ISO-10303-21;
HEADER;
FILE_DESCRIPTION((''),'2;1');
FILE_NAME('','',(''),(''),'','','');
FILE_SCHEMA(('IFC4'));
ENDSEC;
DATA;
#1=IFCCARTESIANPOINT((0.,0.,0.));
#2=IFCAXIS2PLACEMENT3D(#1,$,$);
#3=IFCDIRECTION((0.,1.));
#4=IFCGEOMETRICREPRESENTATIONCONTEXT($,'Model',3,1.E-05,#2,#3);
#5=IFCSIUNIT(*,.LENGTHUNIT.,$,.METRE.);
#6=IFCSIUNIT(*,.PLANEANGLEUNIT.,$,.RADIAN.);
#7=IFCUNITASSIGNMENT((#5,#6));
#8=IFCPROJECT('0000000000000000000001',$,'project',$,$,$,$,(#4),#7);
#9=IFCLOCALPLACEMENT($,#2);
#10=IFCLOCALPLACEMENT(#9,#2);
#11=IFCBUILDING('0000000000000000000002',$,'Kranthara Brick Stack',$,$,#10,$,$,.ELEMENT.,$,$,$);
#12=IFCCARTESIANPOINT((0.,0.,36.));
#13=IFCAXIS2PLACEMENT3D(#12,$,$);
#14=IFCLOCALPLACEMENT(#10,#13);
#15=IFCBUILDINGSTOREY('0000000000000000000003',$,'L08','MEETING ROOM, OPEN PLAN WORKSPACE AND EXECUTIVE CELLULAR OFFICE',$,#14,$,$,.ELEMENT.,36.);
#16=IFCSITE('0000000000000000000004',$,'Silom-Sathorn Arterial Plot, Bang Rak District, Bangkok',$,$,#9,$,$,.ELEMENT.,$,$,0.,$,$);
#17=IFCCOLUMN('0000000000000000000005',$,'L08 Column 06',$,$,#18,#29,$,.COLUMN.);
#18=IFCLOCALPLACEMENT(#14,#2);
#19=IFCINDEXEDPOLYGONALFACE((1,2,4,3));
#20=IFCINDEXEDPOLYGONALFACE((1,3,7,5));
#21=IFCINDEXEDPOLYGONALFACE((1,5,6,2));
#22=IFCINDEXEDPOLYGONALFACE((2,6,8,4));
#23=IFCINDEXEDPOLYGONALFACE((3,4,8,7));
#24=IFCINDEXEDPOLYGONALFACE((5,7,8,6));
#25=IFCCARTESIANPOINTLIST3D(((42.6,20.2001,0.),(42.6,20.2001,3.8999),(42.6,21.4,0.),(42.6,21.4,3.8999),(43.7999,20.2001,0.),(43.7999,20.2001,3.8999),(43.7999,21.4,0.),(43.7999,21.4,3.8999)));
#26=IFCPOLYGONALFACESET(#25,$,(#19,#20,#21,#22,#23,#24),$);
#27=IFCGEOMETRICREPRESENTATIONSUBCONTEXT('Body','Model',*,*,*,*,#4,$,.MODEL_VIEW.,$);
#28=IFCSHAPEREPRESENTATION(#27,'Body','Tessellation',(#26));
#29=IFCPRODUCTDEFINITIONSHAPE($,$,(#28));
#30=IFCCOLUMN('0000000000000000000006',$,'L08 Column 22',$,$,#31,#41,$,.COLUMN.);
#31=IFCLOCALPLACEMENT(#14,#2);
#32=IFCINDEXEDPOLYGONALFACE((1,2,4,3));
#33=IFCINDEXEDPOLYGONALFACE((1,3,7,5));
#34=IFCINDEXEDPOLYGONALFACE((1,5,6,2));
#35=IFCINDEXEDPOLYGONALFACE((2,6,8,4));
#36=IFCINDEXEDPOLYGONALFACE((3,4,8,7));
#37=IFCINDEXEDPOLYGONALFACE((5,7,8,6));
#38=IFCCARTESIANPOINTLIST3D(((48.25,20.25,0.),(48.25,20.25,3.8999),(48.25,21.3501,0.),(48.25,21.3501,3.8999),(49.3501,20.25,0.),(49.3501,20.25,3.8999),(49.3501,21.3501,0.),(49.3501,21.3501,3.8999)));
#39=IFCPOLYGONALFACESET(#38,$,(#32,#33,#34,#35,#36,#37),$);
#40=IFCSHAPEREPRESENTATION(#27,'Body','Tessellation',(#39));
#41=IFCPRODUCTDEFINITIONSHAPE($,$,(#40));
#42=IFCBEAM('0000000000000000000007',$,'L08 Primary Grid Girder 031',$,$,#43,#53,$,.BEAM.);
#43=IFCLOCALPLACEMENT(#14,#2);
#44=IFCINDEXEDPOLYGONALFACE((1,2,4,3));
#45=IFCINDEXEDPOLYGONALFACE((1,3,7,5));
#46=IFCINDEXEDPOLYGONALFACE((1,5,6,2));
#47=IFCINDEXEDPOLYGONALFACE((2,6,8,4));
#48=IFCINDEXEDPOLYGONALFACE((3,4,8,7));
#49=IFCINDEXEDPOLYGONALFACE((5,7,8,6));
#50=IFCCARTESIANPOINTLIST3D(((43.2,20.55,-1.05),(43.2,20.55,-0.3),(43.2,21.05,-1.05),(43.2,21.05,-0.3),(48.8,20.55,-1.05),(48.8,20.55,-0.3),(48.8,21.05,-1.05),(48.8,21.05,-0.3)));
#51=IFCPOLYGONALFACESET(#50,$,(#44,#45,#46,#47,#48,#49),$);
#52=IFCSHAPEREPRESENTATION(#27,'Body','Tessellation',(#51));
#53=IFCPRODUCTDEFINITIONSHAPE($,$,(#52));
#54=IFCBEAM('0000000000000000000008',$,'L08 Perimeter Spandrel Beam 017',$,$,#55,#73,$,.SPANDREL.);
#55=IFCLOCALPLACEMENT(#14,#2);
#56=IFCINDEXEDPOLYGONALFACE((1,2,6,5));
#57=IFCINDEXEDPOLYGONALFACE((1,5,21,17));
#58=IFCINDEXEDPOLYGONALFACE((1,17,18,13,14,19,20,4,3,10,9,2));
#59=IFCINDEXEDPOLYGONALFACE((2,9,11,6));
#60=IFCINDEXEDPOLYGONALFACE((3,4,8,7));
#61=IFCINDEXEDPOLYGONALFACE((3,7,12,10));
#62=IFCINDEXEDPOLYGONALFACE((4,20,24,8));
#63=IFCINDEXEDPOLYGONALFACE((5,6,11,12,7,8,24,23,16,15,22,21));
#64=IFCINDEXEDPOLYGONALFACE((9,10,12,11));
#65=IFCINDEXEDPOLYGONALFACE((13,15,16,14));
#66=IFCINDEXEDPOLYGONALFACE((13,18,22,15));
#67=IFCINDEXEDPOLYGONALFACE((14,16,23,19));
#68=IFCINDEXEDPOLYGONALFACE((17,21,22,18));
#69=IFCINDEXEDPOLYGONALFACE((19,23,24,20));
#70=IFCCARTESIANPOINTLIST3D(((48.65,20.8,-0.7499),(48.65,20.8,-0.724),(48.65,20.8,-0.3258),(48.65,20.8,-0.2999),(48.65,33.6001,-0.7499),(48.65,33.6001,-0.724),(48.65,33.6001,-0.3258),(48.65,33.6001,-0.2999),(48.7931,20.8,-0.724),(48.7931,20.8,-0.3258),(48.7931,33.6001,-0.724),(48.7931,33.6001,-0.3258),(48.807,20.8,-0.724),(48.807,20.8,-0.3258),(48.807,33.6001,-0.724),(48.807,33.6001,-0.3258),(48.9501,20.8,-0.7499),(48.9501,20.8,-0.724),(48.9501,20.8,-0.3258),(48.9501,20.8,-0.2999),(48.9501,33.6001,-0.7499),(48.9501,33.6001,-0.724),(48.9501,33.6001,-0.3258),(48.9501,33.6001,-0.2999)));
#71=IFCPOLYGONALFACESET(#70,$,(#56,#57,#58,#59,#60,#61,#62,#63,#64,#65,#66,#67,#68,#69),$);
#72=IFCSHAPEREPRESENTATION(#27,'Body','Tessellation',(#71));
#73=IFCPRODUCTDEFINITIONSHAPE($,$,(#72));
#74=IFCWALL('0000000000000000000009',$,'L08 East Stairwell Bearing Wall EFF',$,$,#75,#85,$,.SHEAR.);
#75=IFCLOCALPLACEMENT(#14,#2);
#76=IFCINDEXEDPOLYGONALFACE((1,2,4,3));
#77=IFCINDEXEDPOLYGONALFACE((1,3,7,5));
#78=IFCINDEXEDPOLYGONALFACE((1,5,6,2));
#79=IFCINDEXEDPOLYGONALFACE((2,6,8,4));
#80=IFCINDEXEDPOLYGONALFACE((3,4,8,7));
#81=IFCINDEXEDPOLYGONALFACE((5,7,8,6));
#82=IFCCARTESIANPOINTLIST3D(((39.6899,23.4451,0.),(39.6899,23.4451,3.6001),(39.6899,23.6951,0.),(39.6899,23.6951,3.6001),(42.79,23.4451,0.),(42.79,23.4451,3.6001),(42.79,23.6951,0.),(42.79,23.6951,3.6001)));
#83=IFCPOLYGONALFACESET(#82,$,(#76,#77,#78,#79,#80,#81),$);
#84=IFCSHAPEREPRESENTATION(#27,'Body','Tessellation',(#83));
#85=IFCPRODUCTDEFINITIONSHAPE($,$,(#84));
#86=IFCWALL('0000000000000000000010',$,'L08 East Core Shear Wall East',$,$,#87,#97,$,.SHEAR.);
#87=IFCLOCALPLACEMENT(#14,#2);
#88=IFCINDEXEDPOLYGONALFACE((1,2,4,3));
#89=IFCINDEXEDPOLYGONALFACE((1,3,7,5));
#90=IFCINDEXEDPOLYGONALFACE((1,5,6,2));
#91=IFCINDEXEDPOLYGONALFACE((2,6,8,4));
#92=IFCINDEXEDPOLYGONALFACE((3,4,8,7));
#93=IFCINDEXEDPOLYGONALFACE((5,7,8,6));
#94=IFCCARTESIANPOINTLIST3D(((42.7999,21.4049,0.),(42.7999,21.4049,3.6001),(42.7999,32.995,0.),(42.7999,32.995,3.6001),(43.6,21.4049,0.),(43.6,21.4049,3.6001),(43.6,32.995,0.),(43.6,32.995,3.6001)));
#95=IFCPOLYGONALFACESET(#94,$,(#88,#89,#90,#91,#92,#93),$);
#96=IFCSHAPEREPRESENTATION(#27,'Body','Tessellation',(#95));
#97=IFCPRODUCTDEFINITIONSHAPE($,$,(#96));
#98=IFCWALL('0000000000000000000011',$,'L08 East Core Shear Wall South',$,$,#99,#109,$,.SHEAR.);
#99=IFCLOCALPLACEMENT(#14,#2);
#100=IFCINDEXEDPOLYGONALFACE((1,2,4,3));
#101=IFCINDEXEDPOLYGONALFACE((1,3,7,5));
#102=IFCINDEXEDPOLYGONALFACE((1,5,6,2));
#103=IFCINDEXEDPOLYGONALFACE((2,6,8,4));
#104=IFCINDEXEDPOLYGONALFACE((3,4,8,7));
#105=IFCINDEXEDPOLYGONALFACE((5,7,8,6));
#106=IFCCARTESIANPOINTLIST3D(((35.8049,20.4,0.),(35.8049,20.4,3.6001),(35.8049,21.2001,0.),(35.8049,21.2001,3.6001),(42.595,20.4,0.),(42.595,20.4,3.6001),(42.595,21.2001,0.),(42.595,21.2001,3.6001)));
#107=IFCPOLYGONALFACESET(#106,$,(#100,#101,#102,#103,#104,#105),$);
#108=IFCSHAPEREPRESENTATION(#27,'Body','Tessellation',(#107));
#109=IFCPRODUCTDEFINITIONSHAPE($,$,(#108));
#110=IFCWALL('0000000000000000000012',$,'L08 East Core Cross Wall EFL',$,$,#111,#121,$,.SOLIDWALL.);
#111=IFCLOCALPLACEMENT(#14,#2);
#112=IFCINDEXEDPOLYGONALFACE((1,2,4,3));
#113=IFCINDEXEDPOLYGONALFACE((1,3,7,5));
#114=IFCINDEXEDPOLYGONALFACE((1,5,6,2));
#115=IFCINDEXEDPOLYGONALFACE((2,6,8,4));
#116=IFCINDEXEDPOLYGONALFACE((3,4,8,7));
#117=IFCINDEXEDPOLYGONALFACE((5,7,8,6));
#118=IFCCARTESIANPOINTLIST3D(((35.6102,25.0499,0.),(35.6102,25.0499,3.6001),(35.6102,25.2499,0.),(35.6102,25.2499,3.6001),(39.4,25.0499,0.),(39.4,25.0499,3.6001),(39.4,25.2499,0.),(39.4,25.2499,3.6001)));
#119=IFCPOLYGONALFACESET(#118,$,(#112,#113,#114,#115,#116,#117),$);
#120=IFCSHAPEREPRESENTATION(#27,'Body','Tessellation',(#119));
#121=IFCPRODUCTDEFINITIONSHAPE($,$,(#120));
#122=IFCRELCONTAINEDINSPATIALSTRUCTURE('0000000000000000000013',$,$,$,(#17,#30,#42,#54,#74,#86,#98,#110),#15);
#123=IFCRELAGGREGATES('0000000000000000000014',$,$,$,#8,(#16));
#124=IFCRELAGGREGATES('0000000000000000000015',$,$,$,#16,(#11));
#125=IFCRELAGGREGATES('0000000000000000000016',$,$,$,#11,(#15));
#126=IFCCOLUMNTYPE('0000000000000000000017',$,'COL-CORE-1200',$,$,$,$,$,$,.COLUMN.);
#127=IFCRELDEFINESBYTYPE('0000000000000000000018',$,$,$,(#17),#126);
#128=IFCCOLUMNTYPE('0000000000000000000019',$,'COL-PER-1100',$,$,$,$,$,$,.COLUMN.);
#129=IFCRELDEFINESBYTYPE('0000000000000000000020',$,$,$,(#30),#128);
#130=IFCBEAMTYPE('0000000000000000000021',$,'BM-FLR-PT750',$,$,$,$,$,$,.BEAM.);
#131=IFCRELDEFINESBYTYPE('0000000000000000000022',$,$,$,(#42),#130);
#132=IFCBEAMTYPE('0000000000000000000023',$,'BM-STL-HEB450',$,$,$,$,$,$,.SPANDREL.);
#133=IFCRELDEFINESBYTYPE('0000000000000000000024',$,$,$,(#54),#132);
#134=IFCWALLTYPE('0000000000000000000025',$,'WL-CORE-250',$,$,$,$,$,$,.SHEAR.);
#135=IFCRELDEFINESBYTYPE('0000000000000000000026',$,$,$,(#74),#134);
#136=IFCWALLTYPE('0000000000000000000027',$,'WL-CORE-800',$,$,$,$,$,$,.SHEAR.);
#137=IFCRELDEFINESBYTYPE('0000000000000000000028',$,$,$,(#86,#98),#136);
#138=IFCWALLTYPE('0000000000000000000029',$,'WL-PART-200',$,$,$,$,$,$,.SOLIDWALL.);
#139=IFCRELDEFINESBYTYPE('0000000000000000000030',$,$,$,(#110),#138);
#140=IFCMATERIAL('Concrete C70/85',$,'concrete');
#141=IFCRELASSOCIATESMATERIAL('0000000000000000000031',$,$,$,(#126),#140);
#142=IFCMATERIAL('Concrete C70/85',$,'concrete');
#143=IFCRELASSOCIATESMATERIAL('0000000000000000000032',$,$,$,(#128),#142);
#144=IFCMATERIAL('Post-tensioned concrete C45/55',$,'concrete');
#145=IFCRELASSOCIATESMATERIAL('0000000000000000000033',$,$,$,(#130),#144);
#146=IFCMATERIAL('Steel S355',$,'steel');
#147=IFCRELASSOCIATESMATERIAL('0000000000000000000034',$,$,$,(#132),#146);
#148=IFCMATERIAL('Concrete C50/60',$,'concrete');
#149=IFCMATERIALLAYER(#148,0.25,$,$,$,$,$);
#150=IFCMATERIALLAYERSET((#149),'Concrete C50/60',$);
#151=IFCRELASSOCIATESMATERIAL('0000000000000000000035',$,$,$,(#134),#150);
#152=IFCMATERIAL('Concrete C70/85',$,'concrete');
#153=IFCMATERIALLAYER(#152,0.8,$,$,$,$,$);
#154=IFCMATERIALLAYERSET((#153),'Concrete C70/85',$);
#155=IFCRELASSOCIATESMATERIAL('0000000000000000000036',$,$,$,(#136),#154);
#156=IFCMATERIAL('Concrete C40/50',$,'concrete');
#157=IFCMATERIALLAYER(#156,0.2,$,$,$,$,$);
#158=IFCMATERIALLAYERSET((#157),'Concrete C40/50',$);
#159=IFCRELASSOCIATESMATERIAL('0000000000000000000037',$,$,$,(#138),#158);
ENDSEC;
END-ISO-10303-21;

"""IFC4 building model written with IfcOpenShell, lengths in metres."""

from ifc_helpers import new_model, si_unit, direction, frame, frame_2d, origin, origin_2d, place, context, subcontext, project, spatial, rectangle, i_section, extrude, material, layer, layer_set, material_profile, profile_set, type_object, element, save


model = new_model("IFC4")

# Units and contexts
model_context = context("Model", 3, precision=1e-05, world=origin(), true_north=direction((0.0, 1.0)))
body_context = subcontext(model_context, "Body", "Model", "MODEL_VIEW")
ifc_project = project(units=[si_unit("LENGTHUNIT", "METRE"), si_unit("PLANEANGLEUNIT", "RADIAN")], contexts=[model_context])

# Site, building, storey
site_placement = place(None, origin())
site = spatial("IfcSite", under=ifc_project, at=site_placement, Name="Silom-Sathorn Arterial Plot, Bang Rak District, Bangkok", CompositionType="ELEMENT", RefElevation=0.0)
building_placement = place(site_placement, origin())
building = spatial("IfcBuilding", under=site, at=building_placement, Name="Kranthara Brick Stack", CompositionType="ELEMENT")
storey_placement = place(building_placement, frame((0.0, 0.0, 36.0)))
storey = spatial("IfcBuildingStorey", under=building, at=storey_placement, Name="L08", Description="MEETING ROOM, OPEN PLAN WORKSPACE AND EXECUTIVE CELLULAR OFFICE", CompositionType="ELEMENT", Elevation=36.0)

# Columns
ifc_material_1 = material(Name="Concrete C70/85", Category="concrete")
ifc_material_profile_1 = material_profile(ifc_material_1, rectangle(XDim=1.2, YDim=1.2, at=origin_2d()), Name="RC 1200x1200")
ifc_profile_set_1 = profile_set([ifc_material_profile_1], Name="Concrete C70/85")
column_type_1 = type_object("IfcColumnType", Name="COL-CORE-1200", PredefinedType="COLUMN", material=ifc_profile_set_1)
column_1_placement = place(storey_placement, frame((43.2, 20.8, 0.0), z_axis=(0.0, 0.0, 1.0), x_axis=(1.0, 0.0, 0.0)))
element("IfcColumn", 1, at=column_1_placement, inside=storey, type_object=column_type_1, Name="L08 Column 06", PredefinedType="COLUMN", context=body_context, shape_type="SweptSolid", body=[
    extrude(rectangle(XDim=1.2, YDim=1.2, at=origin_2d()), origin(), (0.0, 0.0, 1.0), 3.8999),
])
ifc_material_2 = material(Name="Concrete C70/85", Category="concrete")
ifc_material_profile_2 = material_profile(ifc_material_2, rectangle(XDim=1.1001, YDim=1.1001, at=origin_2d()), Name="RC 1100x1100")
ifc_profile_set_2 = profile_set([ifc_material_profile_2], Name="Concrete C70/85")
column_type_2 = type_object("IfcColumnType", Name="COL-PER-1100", PredefinedType="COLUMN", material=ifc_profile_set_2)
column_2_placement = place(storey_placement, frame((48.8, 20.8, 0.0), z_axis=(0.0, 0.0, 1.0), x_axis=(1.0, 0.0, 0.0)))
element("IfcColumn", 2, at=column_2_placement, inside=storey, type_object=column_type_2, Name="L08 Column 22", PredefinedType="COLUMN", context=body_context, shape_type="SweptSolid", body=[
    extrude(rectangle(XDim=1.1001, YDim=1.1001, at=origin_2d()), origin(), (0.0, 0.0, 1.0), 3.8999),
])

# Beams
ifc_material_3 = material(Name="Post-tensioned concrete C45/55", Category="concrete")
ifc_material_profile_3 = material_profile(ifc_material_3, rectangle(XDim=0.5, YDim=0.75, at=origin_2d()), Name="PT 500x750")
ifc_profile_set_3 = profile_set([ifc_material_profile_3], Name="Post-tensioned concrete C45/55")
beam_type_1 = type_object("IfcBeamType", Name="BM-FLR-PT750", PredefinedType="BEAM", material=ifc_profile_set_3)
beam_1_placement = place(storey_placement, frame((43.2, 20.8, -0.675), z_axis=(1.0, 0.0, 0.0), x_axis=(0.0, 1.0, 0.0)))
element("IfcBeam", 3, at=beam_1_placement, inside=storey, type_object=beam_type_1, Name="L08 Primary Grid Girder 031", PredefinedType="BEAM", context=body_context, shape_type="SweptSolid", body=[
    extrude(rectangle(XDim=0.5, YDim=0.75, at=origin_2d()), origin(), (0.0, 0.0, 1.0), 5.6001),
])
ifc_material_4 = material(Name="Steel S355", Category="steel")
ifc_material_profile_4 = material_profile(ifc_material_4, i_section(OverallWidth=0.3, OverallDepth=0.45, WebThickness=0.0139, FlangeThickness=0.0259, at=origin_2d()), Name="HEB 450")
ifc_profile_set_4 = profile_set([ifc_material_profile_4], Name="Steel S355")
beam_type_2 = type_object("IfcBeamType", Name="BM-STL-HEB450", PredefinedType="SPANDREL", material=ifc_profile_set_4)
beam_2_placement = place(storey_placement, frame((48.8, 20.8, -0.5249), z_axis=(0.0, 1.0, 0.0), x_axis=(-1.0, 0.0, 0.0)))
element("IfcBeam", 4, at=beam_2_placement, inside=storey, type_object=beam_type_2, Name="L08 Perimeter Spandrel Beam 017", PredefinedType="SPANDREL", context=body_context, shape_type="SweptSolid", body=[
    extrude(i_section(OverallWidth=0.3, OverallDepth=0.45, WebThickness=0.0139, FlangeThickness=0.0259, at=origin_2d()), origin(), (0.0, 0.0, 1.0), 12.8),
])

# Shared definitions
ifc_material_5 = material(Name="Concrete C50/60", Category="concrete")
ifc_layer_1 = layer(ifc_material_5, 0.25)
ifc_layer_set_1 = layer_set([ifc_layer_1], Name="Concrete C50/60")
wall_type_1 = type_object("IfcWallType", Name="WL-CORE-250", PredefinedType="SHEAR", material=ifc_layer_set_1)

# Walls
wall_1_placement = place(storey_placement, frame((39.6899, 23.5701, 0.0), z_axis=(0.0, 0.0, 1.0), x_axis=(1.0, 0.0, 0.0)))
element("IfcWall", 5, at=wall_1_placement, inside=storey, type_object=wall_type_1, Name="L08 East Stairwell Bearing Wall EFF", PredefinedType="SHEAR", context=body_context, shape_type="SweptSolid", body=[
    extrude(rectangle(XDim=3.1001, YDim=0.25, at=frame_2d((1.55, 0.0))), origin(), (0.0, 0.0, 1.0), 3.6001),
])
ifc_material_6 = material(Name="Concrete C70/85", Category="concrete")
ifc_layer_2 = layer(ifc_material_6, 0.8)
ifc_layer_set_2 = layer_set([ifc_layer_2], Name="Concrete C70/85")
wall_type_2 = type_object("IfcWallType", Name="WL-CORE-800", PredefinedType="SHEAR", material=ifc_layer_set_2)
wall_2_placement = place(storey_placement, frame((43.2, 21.405, 0.0), z_axis=(0.0, 0.0, 1.0), x_axis=(0.0, 1.0, 0.0)))
element("IfcWall", 6, at=wall_2_placement, inside=storey, type_object=wall_type_2, Name="L08 East Core Shear Wall East", PredefinedType="SHEAR", context=body_context, shape_type="SweptSolid", body=[
    extrude(rectangle(XDim=11.5901, YDim=0.8, at=frame_2d((5.7949, 0.0))), origin(), (0.0, 0.0, 1.0), 3.6001),
])
wall_3_placement = place(storey_placement, frame((35.8049, 20.8, 0.0), z_axis=(0.0, 0.0, 1.0), x_axis=(1.0, 0.0, 0.0)))
element("IfcWall", 7, at=wall_3_placement, inside=storey, type_object=wall_type_2, Name="L08 East Core Shear Wall South", PredefinedType="SHEAR", context=body_context, shape_type="SweptSolid", body=[
    extrude(rectangle(XDim=6.79, YDim=0.8, at=frame_2d((3.395, 0.0))), origin(), (0.0, 0.0, 1.0), 3.6001),
])

# Wall
ifc_material_7 = material(Name="Concrete C40/50", Category="concrete")
ifc_layer_3 = layer(ifc_material_7, 0.2)
ifc_layer_set_3 = layer_set([ifc_layer_3], Name="Concrete C40/50")
wall_type_3 = type_object("IfcWallType", Name="WL-PART-200", PredefinedType="SOLIDWALL", material=ifc_layer_set_3)
wall_4_placement = place(storey_placement, frame((35.6101, 25.1499, 0.0), z_axis=(0.0, 0.0, 1.0), x_axis=(1.0, 0.0, 0.0)))
element("IfcWall", 8, at=wall_4_placement, inside=storey, type_object=wall_type_3, Name="L08 East Core Cross Wall EFL", PredefinedType="SOLIDWALL", context=body_context, shape_type="SweptSolid", body=[
    extrude(rectangle(XDim=3.7898, YDim=0.2, at=frame_2d((1.895, 0.0))), origin(), (0.0, 0.0, 1.0), 3.6001),
])

save(model, "model.ifc")
